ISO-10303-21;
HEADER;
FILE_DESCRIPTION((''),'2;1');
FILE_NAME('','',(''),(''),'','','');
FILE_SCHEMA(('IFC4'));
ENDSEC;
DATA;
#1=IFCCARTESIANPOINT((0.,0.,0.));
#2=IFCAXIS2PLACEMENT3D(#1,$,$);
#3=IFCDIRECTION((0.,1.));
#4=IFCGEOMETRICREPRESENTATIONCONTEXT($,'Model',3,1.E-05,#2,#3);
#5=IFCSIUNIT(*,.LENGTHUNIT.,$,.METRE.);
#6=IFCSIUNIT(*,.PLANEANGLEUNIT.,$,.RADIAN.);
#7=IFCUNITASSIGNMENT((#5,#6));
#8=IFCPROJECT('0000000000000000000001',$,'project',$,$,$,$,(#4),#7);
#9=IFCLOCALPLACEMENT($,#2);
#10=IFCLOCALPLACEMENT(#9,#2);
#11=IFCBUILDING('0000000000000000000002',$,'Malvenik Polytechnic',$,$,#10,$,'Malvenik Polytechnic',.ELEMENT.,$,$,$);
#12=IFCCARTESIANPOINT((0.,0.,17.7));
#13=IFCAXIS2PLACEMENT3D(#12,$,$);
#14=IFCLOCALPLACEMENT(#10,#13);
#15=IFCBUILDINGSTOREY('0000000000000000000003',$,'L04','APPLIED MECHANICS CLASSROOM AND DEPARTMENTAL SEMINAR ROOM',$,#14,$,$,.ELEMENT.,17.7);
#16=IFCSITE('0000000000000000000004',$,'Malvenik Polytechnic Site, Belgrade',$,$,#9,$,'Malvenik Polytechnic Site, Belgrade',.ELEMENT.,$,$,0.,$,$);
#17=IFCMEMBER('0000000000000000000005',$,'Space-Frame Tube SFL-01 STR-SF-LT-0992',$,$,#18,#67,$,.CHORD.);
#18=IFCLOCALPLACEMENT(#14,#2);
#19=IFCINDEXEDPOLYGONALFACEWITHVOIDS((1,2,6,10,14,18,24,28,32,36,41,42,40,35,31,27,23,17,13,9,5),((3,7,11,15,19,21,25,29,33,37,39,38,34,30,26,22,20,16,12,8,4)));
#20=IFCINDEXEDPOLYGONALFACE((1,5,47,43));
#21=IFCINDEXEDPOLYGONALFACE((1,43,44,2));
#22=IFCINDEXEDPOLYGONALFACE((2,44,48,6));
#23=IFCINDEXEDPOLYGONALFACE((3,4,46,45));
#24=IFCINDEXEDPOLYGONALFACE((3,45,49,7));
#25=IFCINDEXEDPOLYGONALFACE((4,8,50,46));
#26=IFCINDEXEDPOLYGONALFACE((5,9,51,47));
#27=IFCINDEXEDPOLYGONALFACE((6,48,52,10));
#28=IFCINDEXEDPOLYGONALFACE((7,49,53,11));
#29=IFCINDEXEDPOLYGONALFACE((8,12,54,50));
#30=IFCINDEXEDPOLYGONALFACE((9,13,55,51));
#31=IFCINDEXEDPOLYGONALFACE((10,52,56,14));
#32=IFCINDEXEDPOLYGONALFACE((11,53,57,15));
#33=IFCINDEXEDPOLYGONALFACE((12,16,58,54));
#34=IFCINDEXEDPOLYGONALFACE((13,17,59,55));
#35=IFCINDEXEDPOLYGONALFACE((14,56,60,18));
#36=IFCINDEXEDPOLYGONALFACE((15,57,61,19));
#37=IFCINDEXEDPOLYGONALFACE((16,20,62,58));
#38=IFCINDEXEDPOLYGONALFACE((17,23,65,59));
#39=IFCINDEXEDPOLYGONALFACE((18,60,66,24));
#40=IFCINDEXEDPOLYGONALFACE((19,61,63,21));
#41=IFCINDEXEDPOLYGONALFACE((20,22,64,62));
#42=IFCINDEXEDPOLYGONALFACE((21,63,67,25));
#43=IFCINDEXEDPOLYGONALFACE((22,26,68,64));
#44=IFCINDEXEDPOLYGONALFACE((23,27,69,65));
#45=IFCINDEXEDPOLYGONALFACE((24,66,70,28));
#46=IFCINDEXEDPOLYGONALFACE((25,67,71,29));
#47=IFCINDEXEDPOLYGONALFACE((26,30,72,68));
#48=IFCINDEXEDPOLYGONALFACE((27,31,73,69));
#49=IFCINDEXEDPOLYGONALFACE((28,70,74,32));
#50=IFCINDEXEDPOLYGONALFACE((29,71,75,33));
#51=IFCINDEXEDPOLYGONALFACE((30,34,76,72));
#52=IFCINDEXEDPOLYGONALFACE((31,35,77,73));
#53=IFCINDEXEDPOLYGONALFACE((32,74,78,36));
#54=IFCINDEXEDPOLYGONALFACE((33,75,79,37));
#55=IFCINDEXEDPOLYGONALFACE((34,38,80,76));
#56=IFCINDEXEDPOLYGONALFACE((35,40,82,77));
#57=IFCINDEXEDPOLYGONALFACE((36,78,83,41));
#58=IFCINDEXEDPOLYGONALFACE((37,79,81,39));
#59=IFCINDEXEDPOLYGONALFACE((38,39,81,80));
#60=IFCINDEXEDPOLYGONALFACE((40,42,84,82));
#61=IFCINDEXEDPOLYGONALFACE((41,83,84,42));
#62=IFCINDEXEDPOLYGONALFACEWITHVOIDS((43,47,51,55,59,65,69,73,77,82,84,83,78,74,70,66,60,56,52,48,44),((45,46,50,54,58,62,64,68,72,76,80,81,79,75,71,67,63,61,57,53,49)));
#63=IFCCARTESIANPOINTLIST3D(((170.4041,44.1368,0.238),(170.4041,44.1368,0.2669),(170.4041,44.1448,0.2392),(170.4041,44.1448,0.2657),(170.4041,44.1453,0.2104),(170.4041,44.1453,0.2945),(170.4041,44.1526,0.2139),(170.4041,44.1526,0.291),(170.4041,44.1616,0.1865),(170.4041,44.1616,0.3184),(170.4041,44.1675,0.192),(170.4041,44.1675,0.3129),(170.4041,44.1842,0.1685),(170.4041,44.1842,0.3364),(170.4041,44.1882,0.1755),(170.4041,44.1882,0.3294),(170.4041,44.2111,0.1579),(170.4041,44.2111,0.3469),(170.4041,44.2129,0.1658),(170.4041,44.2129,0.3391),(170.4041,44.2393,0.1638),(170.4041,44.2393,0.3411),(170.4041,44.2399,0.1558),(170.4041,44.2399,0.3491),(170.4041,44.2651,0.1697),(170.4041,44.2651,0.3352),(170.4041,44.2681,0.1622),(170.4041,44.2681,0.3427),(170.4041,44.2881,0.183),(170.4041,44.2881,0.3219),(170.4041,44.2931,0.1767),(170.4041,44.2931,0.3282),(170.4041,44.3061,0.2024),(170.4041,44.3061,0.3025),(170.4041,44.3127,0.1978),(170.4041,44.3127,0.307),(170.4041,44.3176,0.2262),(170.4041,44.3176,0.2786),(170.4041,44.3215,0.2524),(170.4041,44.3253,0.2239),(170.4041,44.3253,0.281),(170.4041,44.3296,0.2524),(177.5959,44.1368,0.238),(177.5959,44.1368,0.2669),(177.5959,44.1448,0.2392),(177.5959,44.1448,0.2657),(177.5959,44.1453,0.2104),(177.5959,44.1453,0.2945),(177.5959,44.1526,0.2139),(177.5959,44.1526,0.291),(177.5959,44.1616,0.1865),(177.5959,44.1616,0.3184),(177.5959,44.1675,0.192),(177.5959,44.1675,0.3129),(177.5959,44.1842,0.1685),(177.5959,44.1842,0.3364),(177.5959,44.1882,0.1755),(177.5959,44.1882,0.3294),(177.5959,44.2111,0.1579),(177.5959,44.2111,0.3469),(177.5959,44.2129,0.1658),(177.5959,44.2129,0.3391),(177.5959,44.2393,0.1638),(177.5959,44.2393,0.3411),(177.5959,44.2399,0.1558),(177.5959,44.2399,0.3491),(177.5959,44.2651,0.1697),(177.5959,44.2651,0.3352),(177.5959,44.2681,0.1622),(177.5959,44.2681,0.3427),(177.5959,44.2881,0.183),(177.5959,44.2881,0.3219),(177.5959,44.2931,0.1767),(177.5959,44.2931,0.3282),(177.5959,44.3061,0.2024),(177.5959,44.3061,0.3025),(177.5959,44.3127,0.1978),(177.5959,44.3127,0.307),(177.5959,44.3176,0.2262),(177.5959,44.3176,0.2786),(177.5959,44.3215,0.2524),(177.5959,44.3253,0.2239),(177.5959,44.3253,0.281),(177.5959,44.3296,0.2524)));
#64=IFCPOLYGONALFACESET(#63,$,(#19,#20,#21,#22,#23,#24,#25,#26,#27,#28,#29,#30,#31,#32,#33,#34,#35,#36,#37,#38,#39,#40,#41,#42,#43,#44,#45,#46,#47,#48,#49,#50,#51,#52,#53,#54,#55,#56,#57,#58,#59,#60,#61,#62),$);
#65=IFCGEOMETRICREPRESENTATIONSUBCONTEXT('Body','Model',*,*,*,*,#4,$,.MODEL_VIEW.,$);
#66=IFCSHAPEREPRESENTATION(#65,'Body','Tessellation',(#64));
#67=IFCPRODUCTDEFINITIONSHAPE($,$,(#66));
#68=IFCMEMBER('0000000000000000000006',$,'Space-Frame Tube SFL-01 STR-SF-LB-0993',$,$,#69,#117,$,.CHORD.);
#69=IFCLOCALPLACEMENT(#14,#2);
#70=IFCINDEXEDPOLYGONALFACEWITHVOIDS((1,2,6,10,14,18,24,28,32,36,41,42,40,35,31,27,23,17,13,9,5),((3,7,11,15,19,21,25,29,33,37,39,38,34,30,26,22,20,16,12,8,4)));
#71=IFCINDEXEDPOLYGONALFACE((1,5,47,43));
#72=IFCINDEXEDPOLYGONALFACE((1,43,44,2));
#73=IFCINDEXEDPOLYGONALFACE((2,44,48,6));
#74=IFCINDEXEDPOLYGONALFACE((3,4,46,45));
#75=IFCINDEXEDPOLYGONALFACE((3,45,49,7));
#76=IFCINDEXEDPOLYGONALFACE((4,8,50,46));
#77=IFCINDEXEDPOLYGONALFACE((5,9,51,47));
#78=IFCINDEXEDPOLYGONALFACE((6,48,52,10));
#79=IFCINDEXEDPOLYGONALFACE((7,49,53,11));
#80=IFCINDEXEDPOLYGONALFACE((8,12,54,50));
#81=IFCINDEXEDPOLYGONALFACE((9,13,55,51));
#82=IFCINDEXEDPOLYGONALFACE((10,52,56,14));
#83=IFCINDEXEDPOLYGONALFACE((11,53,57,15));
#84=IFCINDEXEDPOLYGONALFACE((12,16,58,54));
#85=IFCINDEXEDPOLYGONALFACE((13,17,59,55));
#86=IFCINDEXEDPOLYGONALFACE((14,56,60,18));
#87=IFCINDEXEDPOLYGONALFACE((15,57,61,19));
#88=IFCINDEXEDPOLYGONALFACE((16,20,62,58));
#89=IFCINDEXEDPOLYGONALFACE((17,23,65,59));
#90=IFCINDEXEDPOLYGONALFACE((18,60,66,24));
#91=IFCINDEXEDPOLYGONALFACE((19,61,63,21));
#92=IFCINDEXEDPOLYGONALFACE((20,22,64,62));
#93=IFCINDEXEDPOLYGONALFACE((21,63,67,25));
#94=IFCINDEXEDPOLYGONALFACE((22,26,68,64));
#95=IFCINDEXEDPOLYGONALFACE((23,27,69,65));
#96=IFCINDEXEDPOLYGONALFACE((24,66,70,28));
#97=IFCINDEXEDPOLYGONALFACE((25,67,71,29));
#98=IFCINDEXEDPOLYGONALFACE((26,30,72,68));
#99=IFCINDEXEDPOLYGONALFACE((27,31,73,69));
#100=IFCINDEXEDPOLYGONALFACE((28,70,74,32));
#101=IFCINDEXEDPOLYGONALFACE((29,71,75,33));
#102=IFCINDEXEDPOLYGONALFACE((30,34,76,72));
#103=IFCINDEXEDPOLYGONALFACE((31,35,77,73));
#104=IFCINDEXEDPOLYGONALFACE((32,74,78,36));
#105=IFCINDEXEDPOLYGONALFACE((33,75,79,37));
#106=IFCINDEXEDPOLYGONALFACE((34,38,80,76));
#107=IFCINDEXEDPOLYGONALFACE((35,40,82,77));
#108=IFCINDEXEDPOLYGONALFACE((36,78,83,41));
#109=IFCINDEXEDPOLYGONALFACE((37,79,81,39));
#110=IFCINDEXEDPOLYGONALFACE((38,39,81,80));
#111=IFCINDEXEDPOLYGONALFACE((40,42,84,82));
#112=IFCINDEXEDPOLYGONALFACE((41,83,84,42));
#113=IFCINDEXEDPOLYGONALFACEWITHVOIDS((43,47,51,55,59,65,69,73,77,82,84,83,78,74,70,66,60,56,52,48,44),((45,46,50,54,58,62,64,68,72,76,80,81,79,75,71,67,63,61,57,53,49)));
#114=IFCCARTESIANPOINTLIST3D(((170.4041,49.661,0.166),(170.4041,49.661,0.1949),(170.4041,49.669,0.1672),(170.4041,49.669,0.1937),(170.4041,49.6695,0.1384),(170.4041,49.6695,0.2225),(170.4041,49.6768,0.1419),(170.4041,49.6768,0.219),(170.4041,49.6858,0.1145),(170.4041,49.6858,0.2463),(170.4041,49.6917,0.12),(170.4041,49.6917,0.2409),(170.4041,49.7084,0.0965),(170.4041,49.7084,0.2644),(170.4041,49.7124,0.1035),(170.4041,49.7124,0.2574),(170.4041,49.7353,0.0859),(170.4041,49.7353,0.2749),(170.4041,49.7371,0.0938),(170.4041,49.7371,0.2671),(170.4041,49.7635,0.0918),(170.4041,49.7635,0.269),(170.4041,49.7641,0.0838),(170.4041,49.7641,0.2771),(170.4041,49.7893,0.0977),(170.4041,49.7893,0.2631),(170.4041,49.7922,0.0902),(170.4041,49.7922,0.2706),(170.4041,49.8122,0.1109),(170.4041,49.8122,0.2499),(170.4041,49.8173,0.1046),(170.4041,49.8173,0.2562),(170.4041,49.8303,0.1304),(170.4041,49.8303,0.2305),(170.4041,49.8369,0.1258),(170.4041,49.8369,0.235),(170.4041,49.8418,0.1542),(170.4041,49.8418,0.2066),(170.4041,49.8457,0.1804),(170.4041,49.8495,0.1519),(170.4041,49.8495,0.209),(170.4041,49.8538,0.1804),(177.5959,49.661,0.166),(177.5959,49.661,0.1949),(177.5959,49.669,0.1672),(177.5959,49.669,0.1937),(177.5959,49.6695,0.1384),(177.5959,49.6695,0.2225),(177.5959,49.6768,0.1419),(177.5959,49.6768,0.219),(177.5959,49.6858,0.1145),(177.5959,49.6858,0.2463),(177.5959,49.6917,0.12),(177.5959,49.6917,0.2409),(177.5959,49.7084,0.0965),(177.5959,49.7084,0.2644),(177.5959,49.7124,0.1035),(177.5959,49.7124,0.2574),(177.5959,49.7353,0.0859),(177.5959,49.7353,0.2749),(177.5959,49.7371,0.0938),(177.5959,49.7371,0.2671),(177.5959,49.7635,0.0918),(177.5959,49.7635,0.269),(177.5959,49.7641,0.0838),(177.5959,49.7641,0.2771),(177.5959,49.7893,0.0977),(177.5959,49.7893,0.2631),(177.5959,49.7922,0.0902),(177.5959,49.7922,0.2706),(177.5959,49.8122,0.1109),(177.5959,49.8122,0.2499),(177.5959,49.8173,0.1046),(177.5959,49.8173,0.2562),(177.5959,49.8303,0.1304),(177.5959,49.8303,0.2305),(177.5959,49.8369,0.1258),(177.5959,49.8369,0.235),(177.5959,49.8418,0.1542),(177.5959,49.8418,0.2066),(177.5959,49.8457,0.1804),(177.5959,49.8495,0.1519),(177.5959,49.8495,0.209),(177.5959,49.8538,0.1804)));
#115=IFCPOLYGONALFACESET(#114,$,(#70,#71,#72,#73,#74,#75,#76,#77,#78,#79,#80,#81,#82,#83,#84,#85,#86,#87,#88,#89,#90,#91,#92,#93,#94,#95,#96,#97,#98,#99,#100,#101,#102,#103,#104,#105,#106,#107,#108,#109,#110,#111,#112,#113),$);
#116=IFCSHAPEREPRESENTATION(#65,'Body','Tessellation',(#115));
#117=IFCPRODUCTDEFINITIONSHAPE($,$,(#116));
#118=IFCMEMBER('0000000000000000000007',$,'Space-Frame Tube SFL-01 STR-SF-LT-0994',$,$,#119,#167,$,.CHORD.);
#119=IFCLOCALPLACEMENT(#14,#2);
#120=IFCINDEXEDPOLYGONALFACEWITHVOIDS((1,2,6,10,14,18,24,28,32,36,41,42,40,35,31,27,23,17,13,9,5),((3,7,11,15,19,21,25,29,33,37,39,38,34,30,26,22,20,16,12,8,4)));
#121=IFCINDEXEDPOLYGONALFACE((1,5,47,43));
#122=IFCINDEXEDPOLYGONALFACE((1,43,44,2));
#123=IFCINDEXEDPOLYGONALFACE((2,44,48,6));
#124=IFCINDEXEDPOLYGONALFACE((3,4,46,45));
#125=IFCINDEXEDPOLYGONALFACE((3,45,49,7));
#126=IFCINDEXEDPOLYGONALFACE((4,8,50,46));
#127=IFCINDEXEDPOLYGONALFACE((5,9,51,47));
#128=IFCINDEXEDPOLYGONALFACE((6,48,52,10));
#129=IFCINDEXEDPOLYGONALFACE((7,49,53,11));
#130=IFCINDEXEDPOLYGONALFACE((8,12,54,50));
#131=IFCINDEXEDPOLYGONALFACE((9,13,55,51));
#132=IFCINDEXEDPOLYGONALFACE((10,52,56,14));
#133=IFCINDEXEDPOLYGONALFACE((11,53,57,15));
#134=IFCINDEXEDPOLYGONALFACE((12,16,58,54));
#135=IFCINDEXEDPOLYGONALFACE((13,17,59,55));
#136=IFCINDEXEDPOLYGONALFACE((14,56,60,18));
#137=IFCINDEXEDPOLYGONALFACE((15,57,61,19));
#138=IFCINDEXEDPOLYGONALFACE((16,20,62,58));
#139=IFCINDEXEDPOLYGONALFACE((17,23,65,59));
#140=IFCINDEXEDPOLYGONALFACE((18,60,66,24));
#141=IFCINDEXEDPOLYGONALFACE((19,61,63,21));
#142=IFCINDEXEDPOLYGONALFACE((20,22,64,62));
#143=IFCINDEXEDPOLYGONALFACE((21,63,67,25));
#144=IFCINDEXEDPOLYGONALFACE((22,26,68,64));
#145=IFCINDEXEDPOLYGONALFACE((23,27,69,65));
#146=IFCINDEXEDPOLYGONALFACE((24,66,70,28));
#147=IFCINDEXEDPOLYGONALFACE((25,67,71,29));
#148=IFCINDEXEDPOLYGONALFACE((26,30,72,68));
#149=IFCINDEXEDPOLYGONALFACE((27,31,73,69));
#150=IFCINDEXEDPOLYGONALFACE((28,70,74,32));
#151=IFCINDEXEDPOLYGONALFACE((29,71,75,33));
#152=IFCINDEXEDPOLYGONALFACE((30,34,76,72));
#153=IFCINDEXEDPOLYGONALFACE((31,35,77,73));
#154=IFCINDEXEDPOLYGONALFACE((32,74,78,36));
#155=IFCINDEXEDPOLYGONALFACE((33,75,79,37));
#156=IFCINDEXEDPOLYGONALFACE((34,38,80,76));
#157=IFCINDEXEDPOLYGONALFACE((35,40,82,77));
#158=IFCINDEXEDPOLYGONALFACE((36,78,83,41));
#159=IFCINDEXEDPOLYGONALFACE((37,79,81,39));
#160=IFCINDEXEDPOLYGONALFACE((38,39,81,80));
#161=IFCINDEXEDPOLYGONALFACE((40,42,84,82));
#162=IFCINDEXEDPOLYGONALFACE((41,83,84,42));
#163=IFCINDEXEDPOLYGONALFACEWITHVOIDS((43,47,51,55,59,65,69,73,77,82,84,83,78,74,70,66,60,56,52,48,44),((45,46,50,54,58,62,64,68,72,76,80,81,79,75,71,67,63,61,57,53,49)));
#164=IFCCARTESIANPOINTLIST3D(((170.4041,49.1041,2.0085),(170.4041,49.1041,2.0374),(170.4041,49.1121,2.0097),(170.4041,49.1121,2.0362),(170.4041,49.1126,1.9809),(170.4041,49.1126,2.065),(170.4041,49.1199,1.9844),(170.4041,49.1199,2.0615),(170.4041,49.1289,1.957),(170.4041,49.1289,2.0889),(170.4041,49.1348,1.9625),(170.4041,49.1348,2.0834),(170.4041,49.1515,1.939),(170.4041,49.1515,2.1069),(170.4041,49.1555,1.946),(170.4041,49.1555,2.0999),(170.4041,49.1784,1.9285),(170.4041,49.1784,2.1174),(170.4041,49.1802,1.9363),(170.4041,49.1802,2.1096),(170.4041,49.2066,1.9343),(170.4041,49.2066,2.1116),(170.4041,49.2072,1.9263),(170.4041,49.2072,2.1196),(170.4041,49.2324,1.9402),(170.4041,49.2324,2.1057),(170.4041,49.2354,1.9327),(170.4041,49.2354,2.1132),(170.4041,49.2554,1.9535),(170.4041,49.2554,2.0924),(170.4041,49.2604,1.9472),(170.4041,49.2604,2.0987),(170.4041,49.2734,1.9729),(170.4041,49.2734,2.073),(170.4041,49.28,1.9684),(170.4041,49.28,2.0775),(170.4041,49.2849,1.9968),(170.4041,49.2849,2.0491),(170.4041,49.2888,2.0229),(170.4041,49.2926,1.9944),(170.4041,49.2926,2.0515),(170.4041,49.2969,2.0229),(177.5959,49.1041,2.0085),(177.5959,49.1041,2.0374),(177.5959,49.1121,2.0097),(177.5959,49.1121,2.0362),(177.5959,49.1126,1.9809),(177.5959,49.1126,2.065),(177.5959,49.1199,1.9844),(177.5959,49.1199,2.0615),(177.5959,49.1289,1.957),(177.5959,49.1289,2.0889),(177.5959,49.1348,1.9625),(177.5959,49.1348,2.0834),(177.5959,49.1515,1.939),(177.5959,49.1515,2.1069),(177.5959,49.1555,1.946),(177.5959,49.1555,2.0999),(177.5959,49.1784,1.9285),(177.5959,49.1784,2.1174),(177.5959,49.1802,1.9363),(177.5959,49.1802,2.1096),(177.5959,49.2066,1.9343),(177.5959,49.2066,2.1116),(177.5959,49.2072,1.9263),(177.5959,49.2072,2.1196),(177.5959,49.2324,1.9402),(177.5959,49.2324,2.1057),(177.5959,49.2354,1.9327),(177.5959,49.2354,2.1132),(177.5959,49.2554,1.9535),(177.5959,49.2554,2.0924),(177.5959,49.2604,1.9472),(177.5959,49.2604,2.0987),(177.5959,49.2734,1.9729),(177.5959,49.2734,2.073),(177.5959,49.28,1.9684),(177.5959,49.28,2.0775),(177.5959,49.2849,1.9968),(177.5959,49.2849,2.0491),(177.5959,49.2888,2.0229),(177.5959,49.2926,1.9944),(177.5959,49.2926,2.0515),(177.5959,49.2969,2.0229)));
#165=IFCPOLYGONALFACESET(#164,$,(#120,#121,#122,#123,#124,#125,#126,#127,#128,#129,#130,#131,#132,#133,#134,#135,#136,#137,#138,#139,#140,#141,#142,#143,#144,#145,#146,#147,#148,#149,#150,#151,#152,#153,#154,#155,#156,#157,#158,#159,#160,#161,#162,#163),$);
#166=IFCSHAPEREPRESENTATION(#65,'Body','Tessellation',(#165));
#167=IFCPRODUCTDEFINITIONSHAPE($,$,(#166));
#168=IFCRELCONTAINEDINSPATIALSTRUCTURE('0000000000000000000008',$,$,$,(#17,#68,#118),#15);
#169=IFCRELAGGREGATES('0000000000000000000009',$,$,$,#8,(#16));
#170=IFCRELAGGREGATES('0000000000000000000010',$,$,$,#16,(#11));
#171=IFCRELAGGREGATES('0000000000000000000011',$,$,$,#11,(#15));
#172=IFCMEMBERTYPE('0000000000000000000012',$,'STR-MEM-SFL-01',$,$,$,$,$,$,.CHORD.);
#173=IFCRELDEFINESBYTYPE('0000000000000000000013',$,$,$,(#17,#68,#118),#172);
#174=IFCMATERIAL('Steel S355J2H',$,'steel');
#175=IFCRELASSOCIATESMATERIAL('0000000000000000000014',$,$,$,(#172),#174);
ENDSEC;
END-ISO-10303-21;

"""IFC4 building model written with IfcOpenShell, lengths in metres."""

from ifc_helpers import new_model, si_unit, direction, frame, origin, origin_2d, place, context, subcontext, project, spatial, hollow_circle, extrude, material, material_profile, profile_set, type_object, element, save


model = new_model("IFC4")

# Units and contexts
model_context = context("Model", 3, precision=1e-05, world=origin(), true_north=direction((0.0, 1.0)))
body_context = subcontext(model_context, "Body", "Model", "MODEL_VIEW")
ifc_project = project(units=[si_unit("LENGTHUNIT", "METRE"), si_unit("PLANEANGLEUNIT", "RADIAN")], contexts=[model_context])

# Site, building, storey
site_placement = place(None, origin())
site = spatial("IfcSite", under=ifc_project, at=site_placement, Name="Malvenik Polytechnic Site, Belgrade", LongName="Malvenik Polytechnic Site, Belgrade", CompositionType="ELEMENT", RefElevation=0.0)
building_placement = place(site_placement, origin())
building = spatial("IfcBuilding", under=site, at=building_placement, Name="Malvenik Polytechnic", LongName="Malvenik Polytechnic", CompositionType="ELEMENT")
storey_placement = place(building_placement, frame((0.0, 0.0, 17.7)))
storey = spatial("IfcBuildingStorey", under=building, at=storey_placement, Name="L04", Description="APPLIED MECHANICS CLASSROOM AND DEPARTMENTAL SEMINAR ROOM", CompositionType="ELEMENT", Elevation=17.7)

# Members
ifc_material = material(Name="Steel S355J2H", Category="steel")
ifc_material_profile_1 = material_profile(ifc_material, hollow_circle(Radius=0.0969, WallThickness=0.0081, at=origin_2d()), Name="CHS 193.7x8.0")
ifc_profile_set_1 = profile_set([ifc_material_profile_1], Name="Steel S355J2H")
member_type_1 = type_object("IfcMemberType", Name="STR-MEM-SFL-01", PredefinedType="CHORD", material=ifc_profile_set_1)
for number, where, z_axis, x_axis, name in (
    (1, (170.4041, 44.2327, 0.2524), (1.0, 0.0, 0.0), (0.0, 1.0, 0.0), "Space-Frame Tube SFL-01 STR-SF-LT-0992"),
    (2, (170.4041, 49.7568, 0.1804), (1.0, 0.0, 0.0), (0.0, 1.0, 0.0), "Space-Frame Tube SFL-01 STR-SF-LB-0993"),
    (3, (170.4041, 49.2, 2.0229), (1.0, 0.0, 0.0), (0.0, 1.0, 0.0), "Space-Frame Tube SFL-01 STR-SF-LT-0994"),
):
    element("IfcMember", number, at=place(storey_placement, frame(where, z_axis=z_axis, x_axis=x_axis)), inside=storey, type_object=member_type_1, Name=name, PredefinedType="CHORD", context=body_context, shape_type="SweptSolid", body=[
        extrude(hollow_circle(Radius=0.0969, WallThickness=0.0081, at=origin_2d()), origin(), (0.0, 0.0, 1.0), 7.1919),
    ])

save(model, "model.ifc")
